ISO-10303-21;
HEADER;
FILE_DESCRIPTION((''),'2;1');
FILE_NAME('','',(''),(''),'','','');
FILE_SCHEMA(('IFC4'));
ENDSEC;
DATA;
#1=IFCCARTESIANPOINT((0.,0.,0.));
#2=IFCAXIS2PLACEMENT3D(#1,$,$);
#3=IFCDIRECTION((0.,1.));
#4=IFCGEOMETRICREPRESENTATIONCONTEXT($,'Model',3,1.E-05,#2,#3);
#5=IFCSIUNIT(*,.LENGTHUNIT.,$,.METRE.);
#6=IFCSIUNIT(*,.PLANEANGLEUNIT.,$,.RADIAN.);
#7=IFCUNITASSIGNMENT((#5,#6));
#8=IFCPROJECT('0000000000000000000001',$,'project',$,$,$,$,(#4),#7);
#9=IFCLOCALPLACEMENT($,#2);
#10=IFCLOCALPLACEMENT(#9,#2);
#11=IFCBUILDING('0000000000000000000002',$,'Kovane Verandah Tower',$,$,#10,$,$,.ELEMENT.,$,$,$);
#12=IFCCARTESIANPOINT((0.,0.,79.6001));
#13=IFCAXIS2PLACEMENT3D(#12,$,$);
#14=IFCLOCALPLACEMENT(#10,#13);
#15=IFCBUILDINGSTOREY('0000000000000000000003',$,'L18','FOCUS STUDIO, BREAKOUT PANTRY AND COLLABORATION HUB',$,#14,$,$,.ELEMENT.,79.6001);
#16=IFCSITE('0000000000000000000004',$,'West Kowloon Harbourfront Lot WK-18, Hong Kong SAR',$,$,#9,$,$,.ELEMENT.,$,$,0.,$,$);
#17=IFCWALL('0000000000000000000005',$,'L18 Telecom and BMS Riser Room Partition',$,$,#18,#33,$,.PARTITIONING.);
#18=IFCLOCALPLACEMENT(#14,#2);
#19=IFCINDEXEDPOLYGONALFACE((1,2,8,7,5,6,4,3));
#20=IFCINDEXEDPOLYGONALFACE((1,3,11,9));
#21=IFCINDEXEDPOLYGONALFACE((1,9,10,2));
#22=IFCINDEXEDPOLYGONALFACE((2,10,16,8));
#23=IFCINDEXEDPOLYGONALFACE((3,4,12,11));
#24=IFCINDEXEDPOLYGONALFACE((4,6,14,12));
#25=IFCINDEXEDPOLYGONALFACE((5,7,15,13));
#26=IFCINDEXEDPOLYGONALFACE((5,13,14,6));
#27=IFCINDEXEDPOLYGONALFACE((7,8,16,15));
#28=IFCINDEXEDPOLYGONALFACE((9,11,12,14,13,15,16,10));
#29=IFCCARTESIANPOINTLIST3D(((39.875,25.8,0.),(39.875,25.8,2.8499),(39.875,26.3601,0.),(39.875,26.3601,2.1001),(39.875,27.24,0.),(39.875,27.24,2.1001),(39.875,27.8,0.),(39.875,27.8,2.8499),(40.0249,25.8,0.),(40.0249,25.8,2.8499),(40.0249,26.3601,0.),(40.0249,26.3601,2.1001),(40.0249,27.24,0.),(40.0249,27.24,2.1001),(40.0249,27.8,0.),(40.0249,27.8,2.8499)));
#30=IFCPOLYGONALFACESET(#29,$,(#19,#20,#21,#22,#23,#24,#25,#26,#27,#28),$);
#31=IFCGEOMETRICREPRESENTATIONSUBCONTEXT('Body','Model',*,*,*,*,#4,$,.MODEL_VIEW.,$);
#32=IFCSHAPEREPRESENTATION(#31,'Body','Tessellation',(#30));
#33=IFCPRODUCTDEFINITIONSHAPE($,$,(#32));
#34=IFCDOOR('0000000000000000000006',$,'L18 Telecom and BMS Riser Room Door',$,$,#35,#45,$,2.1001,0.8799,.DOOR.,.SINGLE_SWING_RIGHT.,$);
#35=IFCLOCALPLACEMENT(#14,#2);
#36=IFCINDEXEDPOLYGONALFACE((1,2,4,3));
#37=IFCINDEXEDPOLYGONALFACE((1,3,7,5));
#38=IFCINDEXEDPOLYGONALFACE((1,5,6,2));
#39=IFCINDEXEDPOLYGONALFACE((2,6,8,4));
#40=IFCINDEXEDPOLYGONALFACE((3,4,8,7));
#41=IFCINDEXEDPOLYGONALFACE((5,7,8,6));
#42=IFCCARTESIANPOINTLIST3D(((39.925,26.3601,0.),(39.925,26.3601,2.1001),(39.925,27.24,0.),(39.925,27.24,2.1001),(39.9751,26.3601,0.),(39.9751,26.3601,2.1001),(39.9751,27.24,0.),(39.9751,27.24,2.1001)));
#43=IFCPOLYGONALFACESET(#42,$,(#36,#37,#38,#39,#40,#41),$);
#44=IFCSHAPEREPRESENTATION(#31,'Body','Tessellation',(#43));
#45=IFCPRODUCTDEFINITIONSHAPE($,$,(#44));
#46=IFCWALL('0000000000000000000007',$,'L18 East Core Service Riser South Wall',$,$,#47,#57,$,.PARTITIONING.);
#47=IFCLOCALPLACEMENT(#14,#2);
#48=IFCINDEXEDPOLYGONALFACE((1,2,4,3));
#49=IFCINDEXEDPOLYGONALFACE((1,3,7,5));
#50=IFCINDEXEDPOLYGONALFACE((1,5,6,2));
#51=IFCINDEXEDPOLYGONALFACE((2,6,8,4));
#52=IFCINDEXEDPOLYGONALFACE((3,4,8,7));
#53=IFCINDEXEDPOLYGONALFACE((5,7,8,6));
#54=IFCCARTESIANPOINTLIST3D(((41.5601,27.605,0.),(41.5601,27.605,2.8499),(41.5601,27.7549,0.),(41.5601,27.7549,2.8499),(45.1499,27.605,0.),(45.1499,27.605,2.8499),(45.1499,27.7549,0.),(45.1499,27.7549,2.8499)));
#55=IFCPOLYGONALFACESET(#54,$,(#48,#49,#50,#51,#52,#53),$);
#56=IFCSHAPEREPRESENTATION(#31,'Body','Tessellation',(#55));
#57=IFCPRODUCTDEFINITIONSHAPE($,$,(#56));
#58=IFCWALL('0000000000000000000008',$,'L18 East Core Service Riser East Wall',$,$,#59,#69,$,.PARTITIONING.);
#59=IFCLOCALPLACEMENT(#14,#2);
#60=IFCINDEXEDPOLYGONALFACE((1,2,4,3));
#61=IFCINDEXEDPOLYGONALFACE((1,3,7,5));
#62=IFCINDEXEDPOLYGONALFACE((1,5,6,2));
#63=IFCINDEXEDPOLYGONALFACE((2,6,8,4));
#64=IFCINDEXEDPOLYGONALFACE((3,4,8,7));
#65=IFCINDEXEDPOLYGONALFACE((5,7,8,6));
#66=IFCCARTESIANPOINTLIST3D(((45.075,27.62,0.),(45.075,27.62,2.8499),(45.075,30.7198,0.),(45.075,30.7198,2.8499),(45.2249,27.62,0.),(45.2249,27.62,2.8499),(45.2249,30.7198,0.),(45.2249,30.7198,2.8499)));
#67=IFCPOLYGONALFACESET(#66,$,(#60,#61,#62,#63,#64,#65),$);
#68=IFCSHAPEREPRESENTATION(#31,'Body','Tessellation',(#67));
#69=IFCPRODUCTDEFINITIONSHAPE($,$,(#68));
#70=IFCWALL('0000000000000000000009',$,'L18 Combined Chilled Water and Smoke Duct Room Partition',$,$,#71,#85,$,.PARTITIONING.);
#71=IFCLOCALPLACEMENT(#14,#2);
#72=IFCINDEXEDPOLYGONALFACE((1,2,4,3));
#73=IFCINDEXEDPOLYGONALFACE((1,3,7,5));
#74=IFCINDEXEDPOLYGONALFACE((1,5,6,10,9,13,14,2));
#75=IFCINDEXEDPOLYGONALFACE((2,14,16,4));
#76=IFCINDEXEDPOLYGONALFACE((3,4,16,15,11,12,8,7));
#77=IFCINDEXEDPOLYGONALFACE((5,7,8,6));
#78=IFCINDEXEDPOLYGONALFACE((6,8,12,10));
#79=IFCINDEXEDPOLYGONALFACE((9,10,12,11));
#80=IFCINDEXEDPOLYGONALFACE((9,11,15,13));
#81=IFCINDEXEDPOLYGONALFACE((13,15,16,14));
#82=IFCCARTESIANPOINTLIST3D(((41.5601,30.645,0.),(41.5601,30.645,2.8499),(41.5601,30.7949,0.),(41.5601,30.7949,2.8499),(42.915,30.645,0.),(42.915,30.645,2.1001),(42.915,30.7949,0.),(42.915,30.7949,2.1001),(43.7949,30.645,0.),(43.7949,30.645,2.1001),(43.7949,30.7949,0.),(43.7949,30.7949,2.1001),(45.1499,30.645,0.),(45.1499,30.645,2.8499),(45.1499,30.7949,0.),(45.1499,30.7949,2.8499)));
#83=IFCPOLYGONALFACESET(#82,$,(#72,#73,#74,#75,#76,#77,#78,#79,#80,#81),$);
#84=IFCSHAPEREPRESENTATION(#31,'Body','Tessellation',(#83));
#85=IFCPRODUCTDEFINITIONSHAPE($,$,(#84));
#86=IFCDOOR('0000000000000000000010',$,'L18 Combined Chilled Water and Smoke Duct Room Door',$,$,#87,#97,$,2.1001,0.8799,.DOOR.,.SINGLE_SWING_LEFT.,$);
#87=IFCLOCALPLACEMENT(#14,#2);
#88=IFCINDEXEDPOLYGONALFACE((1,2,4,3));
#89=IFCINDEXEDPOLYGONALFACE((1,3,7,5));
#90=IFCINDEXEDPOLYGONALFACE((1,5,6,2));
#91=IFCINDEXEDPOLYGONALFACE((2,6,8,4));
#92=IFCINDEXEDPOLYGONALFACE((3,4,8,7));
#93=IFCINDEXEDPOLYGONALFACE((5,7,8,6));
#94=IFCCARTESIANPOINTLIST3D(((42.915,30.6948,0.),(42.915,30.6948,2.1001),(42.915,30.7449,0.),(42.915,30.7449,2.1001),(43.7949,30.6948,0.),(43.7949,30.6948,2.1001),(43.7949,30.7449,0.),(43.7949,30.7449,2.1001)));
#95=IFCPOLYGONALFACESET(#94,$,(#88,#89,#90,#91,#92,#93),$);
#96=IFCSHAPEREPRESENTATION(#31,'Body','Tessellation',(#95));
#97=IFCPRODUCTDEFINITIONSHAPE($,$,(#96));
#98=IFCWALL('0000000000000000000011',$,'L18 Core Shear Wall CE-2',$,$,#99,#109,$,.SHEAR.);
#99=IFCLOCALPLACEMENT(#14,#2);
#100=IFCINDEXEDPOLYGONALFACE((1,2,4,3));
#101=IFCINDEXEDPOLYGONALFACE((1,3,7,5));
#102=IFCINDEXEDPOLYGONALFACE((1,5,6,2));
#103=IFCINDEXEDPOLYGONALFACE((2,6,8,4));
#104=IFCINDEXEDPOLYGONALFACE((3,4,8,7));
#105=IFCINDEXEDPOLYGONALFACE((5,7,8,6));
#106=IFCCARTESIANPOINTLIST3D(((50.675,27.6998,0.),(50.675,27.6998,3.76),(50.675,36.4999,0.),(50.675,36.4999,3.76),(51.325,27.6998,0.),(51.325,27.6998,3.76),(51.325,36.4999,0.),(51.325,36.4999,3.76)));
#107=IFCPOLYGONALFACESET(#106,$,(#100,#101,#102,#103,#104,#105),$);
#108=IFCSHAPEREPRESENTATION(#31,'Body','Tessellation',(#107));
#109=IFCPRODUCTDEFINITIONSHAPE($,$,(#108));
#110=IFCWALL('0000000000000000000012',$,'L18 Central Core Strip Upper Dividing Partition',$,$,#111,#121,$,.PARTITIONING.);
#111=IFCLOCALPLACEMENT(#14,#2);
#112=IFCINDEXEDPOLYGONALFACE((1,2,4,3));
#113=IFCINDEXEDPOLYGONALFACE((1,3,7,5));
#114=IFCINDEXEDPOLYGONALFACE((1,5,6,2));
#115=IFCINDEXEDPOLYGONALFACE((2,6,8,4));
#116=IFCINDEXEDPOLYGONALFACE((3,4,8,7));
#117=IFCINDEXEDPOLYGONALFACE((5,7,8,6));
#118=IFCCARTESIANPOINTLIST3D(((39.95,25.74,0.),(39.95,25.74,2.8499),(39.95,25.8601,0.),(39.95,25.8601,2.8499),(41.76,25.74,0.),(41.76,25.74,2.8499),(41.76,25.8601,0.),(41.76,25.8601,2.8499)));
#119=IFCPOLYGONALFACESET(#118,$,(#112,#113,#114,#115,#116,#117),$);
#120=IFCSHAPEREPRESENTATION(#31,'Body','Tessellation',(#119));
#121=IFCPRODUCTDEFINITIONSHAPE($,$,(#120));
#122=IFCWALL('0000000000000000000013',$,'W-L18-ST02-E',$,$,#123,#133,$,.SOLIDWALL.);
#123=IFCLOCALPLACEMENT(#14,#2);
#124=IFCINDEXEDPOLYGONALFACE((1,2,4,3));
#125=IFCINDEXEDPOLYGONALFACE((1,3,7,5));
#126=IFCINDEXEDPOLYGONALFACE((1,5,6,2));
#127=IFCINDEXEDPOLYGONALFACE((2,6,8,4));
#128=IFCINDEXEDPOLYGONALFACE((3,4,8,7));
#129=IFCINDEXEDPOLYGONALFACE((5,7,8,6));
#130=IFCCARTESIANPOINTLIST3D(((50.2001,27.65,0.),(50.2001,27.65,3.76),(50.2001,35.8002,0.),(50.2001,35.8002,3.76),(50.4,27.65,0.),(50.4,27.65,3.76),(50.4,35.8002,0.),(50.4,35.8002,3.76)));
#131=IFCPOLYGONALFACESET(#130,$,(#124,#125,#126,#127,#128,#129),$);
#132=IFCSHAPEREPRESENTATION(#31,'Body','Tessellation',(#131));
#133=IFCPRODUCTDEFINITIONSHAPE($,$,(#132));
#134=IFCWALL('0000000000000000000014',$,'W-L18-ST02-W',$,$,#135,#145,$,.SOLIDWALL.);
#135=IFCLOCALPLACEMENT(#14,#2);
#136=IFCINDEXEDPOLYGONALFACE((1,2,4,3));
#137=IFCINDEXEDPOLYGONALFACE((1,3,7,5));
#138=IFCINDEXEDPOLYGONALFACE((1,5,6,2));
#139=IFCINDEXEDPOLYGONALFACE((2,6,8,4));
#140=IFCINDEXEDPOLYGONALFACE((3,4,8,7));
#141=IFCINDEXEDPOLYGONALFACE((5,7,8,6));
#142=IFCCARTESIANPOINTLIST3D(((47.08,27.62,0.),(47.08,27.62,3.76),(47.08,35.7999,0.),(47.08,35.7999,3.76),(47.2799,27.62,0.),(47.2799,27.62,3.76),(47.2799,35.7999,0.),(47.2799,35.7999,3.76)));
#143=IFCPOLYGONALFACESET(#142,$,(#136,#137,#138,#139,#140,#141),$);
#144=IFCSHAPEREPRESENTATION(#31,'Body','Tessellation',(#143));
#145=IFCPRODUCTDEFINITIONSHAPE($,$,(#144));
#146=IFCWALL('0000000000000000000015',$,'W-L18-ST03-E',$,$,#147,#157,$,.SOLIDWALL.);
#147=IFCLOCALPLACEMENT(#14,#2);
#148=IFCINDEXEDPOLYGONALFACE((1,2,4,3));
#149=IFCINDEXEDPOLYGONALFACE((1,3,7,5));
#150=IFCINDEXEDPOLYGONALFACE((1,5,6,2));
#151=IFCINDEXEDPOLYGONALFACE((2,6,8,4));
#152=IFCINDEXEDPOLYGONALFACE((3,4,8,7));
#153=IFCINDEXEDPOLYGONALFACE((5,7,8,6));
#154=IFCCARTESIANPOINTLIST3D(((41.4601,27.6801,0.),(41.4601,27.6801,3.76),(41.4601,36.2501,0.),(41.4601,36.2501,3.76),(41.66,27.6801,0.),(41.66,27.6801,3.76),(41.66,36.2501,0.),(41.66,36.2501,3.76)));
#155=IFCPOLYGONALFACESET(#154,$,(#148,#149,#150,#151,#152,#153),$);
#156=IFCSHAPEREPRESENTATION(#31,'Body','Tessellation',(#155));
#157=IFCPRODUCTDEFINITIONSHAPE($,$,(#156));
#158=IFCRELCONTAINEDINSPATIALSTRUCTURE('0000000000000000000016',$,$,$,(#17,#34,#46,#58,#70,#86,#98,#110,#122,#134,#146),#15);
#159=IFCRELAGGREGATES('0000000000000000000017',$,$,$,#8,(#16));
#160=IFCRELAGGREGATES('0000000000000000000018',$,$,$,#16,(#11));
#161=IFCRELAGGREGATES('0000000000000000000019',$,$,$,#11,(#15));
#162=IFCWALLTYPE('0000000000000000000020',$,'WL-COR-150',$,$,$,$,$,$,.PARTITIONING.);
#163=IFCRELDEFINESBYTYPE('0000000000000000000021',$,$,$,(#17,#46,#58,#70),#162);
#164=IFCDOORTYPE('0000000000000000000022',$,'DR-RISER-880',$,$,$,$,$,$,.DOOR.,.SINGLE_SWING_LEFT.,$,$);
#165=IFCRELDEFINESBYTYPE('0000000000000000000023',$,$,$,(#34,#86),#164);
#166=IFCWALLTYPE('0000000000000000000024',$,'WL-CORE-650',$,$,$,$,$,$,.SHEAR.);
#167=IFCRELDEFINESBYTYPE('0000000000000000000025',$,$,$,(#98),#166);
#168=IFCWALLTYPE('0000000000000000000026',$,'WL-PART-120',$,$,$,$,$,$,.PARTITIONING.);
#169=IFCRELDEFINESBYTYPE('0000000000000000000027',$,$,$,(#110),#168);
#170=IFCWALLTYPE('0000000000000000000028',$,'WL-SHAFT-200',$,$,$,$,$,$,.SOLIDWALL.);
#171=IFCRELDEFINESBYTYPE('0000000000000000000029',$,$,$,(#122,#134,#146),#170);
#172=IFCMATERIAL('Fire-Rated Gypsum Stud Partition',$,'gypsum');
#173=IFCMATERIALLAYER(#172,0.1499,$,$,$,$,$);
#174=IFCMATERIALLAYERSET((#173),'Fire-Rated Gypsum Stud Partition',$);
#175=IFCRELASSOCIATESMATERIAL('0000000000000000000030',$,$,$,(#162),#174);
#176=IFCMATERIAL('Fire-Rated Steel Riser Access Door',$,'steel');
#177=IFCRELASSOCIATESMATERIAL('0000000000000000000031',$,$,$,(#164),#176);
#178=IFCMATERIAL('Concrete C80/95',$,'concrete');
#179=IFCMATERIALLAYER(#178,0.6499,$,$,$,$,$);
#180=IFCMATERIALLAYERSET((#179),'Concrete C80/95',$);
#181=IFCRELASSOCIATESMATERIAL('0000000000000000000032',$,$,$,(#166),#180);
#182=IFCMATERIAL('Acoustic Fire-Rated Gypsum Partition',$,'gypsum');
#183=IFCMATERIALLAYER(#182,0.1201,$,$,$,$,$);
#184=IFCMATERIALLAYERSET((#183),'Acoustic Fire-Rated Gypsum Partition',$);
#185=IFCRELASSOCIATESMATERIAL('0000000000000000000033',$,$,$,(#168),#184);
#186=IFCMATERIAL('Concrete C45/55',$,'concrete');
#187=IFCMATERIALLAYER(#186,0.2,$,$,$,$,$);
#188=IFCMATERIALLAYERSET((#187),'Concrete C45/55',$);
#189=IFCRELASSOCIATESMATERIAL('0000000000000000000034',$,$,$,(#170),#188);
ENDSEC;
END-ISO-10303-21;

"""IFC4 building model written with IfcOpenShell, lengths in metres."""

from ifc_helpers import new_model, si_unit, direction, frame, frame_2d, origin, place, context, subcontext, project, spatial, rectangle, extrude, material, layer, layer_set, type_object, element, fill, save


model = new_model("IFC4")

# Units and contexts
model_context = context("Model", 3, precision=1e-05, world=origin(), true_north=direction((0.0, 1.0)))
body_context = subcontext(model_context, "Body", "Model", "MODEL_VIEW")
ifc_project = project(units=[si_unit("LENGTHUNIT", "METRE"), si_unit("PLANEANGLEUNIT", "RADIAN")], contexts=[model_context])

# Site, building, storey
site_placement = place(None, origin())
site = spatial("IfcSite", under=ifc_project, at=site_placement, Name="West Kowloon Harbourfront Lot WK-18, Hong Kong SAR", CompositionType="ELEMENT", RefElevation=0.0)
building_placement = place(site_placement, origin())
building = spatial("IfcBuilding", under=site, at=building_placement, Name="Kovane Verandah Tower", CompositionType="ELEMENT")
storey_placement = place(building_placement, frame((0.0, 0.0, 79.6001)))
storey = spatial("IfcBuildingStorey", under=building, at=storey_placement, Name="L18", Description="FOCUS STUDIO, BREAKOUT PANTRY AND COLLABORATION HUB", CompositionType="ELEMENT", Elevation=79.6001)

# Wall, opening, door
ifc_material_1 = material(Name="Fire-Rated Gypsum Stud Partition", Category="gypsum")
ifc_layer_1 = layer(ifc_material_1, 0.1499)
ifc_layer_set_1 = layer_set([ifc_layer_1], Name="Fire-Rated Gypsum Stud Partition")
wall_type_1 = type_object("IfcWallType", Name="WL-COR-150", PredefinedType="PARTITIONING", material=ifc_layer_set_1)
wall_1_placement = place(storey_placement, frame((39.95, 25.8, 0.0), z_axis=(0.0, 0.0, 1.0), x_axis=(0.0, 1.0, 0.0)))
wall_1 = element("IfcWall", 1, at=wall_1_placement, inside=storey, type_object=wall_type_1, Name="L18 Telecom and BMS Riser Room Partition", PredefinedType="PARTITIONING", context=body_context, shape_type="SweptSolid", body=[
    extrude(rectangle(XDim=2.0, YDim=0.1499, at=frame_2d((1.0, 0.0))), origin(), (0.0, 0.0, 1.0), 2.8499),
])
opening_1_placement = place(wall_1_placement, frame((0.5601, 0.0, 0.0)))
opening_1 = element("IfcOpeningElement", 2, at=opening_1_placement, cuts=wall_1, PredefinedType="OPENING", context=body_context, shape_type="SweptSolid", body=[
    extrude(rectangle(XDim=0.8799, YDim=2.1001, at=frame_2d((0.4399, 1.05))), frame((0.0, 0.075, 0.0), z_axis=(0.0, -1.0, 0.0), x_axis=(1.0, 0.0, 0.0)), (0.0, 0.0, 1.0), 0.1499),
])
ifc_material_2 = material(Name="Fire-Rated Steel Riser Access Door", Category="steel")
door_type_1 = type_object("IfcDoorType", Name="DR-RISER-880", OperationType="SINGLE_SWING_LEFT", PredefinedType="DOOR", material=ifc_material_2)
door_1_placement = place(opening_1_placement, origin())
door_1 = element("IfcDoor", 3, at=door_1_placement, inside=storey, type_object=door_type_1, Name="L18 Telecom and BMS Riser Room Door", OperationType="SINGLE_SWING_RIGHT", OverallHeight=2.1001, OverallWidth=0.8799, PredefinedType="DOOR", context=body_context, shape_type="SweptSolid", body=[
    extrude(rectangle(XDim=0.8799, YDim=2.1001, at=frame_2d((0.4399, 1.05))), frame((0.0, 0.0249, 0.0), z_axis=(0.0, -1.0, 0.0), x_axis=(1.0, 0.0, 0.0)), (0.0, 0.0, 1.0), 0.05),
])
fill(opening_1, door_1)

# Walls
wall_2_placement = place(storey_placement, frame((41.5601, 27.6799, 0.0), z_axis=(0.0, 0.0, 1.0), x_axis=(1.0, 0.0, 0.0)))
element("IfcWall", 4, at=wall_2_placement, inside=storey, type_object=wall_type_1, Name="L18 East Core Service Riser South Wall", PredefinedType="PARTITIONING", context=body_context, shape_type="SweptSolid", body=[
    extrude(rectangle(XDim=3.5898, YDim=0.1499, at=frame_2d((1.7949, 0.0))), origin(), (0.0, 0.0, 1.0), 2.8499),
])
wall_3_placement = place(storey_placement, frame((45.1499, 27.6201, 0.0), z_axis=(0.0, 0.0, 1.0), x_axis=(0.0, 1.0, 0.0)))
element("IfcWall", 5, at=wall_3_placement, inside=storey, type_object=wall_type_1, Name="L18 East Core Service Riser East Wall", PredefinedType="PARTITIONING", context=body_context, shape_type="SweptSolid", body=[
    extrude(rectangle(XDim=3.0999, YDim=0.1499, at=frame_2d((1.5498, 0.0))), origin(), (0.0, 0.0, 1.0), 2.8499),
])

# Wall, opening, door
wall_4_placement = place(storey_placement, frame((41.5601, 30.72, 0.0), z_axis=(0.0, 0.0, 1.0), x_axis=(1.0, 0.0, 0.0)))
wall_4 = element("IfcWall", 6, at=wall_4_placement, inside=storey, type_object=wall_type_1, Name="L18 Combined Chilled Water and Smoke Duct Room Partition", PredefinedType="PARTITIONING", context=body_context, shape_type="SweptSolid", body=[
    extrude(rectangle(XDim=3.5898, YDim=0.1499, at=frame_2d((1.7949, 0.0))), origin(), (0.0, 0.0, 1.0), 2.8499),
])
opening_2_placement = place(wall_4_placement, frame((1.355, 0.0, 0.0)))
opening_2 = element("IfcOpeningElement", 7, at=opening_2_placement, cuts=wall_4, PredefinedType="OPENING", context=body_context, shape_type="SweptSolid", body=[
    extrude(rectangle(XDim=0.8799, YDim=2.1001, at=frame_2d((0.4399, 1.05))), frame((0.0, 0.075, 0.0), z_axis=(0.0, -1.0, 0.0), x_axis=(1.0, 0.0, 0.0)), (0.0, 0.0, 1.0), 0.1499),
])
door_2_placement = place(opening_2_placement, origin())
door_2 = element("IfcDoor", 8, at=door_2_placement, inside=storey, type_object=door_type_1, Name="L18 Combined Chilled Water and Smoke Duct Room Door", OperationType="SINGLE_SWING_LEFT", OverallHeight=2.1001, OverallWidth=0.8799, PredefinedType="DOOR", context=body_context, shape_type="SweptSolid", body=[
    extrude(rectangle(XDim=0.8799, YDim=2.1001, at=frame_2d((0.4399, 1.05))), frame((0.0, 0.0249, 0.0), z_axis=(0.0, -1.0, 0.0), x_axis=(1.0, 0.0, 0.0)), (0.0, 0.0, 1.0), 0.05),
])
fill(opening_2, door_2)

# Wall
ifc_material_3 = material(Name="Concrete C80/95", Category="concrete")
ifc_layer_2 = layer(ifc_material_3, 0.6499)
ifc_layer_set_2 = layer_set([ifc_layer_2], Name="Concrete C80/95")
wall_type_2 = type_object("IfcWallType", Name="WL-CORE-650", PredefinedType="SHEAR", material=ifc_layer_set_2)
wall_5_placement = place(storey_placement, frame((51.0, 27.7, 0.0), z_axis=(0.0, 0.0, 1.0), x_axis=(0.0, 1.0, 0.0)))
element("IfcWall", 9, at=wall_5_placement, inside=storey, type_object=wall_type_2, Name="L18 Core Shear Wall CE-2", PredefinedType="SHEAR", context=body_context, shape_type="SweptSolid", body=[
    extrude(rectangle(XDim=8.8, YDim=0.6499, at=frame_2d((4.3999, 0.0))), origin(), (0.0, 0.0, 1.0), 3.76),
])

# Walls
ifc_material_4 = material(Name="Acoustic Fire-Rated Gypsum Partition", Category="gypsum")
ifc_layer_3 = layer(ifc_material_4, 0.1201)
ifc_layer_set_3 = layer_set([ifc_layer_3], Name="Acoustic Fire-Rated Gypsum Partition")
wall_type_3 = type_object("IfcWallType", Name="WL-PART-120", PredefinedType="PARTITIONING", material=ifc_layer_set_3)
wall_6_placement = place(storey_placement, frame((39.95, 25.8, 0.0), z_axis=(0.0, 0.0, 1.0), x_axis=(1.0, 0.0, 0.0)))
element("IfcWall", 10, at=wall_6_placement, inside=storey, type_object=wall_type_3, Name="L18 Central Core Strip Upper Dividing Partition", PredefinedType="PARTITIONING", context=body_context, shape_type="SweptSolid", body=[
    extrude(rectangle(XDim=1.8101, YDim=0.1201, at=frame_2d((0.905, 0.0))), origin(), (0.0, 0.0, 1.0), 2.8499),
])
ifc_material_5 = material(Name="Concrete C45/55", Category="concrete")
ifc_layer_4 = layer(ifc_material_5, 0.2)
ifc_layer_set_4 = layer_set([ifc_layer_4], Name="Concrete C45/55")
wall_type_4 = type_object("IfcWallType", Name="WL-SHAFT-200", PredefinedType="SOLIDWALL", material=ifc_layer_set_4)
wall_7_placement = place(storey_placement, frame((50.3, 27.6499, 0.0), z_axis=(0.0, 0.0, 1.0), x_axis=(0.0, 1.0, 0.0)))
element("IfcWall", 11, at=wall_7_placement, inside=storey, type_object=wall_type_4, Name="W-L18-ST02-E", PredefinedType="SOLIDWALL", context=body_context, shape_type="SweptSolid", body=[
    extrude(rectangle(XDim=8.1501, YDim=0.2, at=frame_2d((4.0752, 0.0))), origin(), (0.0, 0.0, 1.0), 3.76),
])
wall_8_placement = place(storey_placement, frame((47.1799, 27.6201, 0.0), z_axis=(0.0, 0.0, 1.0), x_axis=(0.0, 1.0, 0.0)))
element("IfcWall", 12, at=wall_8_placement, inside=storey, type_object=wall_type_4, Name="W-L18-ST02-W", PredefinedType="SOLIDWALL", context=body_context, shape_type="SweptSolid", body=[
    extrude(rectangle(XDim=8.1799, YDim=0.2, at=frame_2d((4.0898, 0.0))), origin(), (0.0, 0.0, 1.0), 3.76),
])

# Wall
wall_9_placement = place(storey_placement, frame((41.5601, 27.6799, 0.0), z_axis=(0.0, 0.0, 1.0), x_axis=(0.0, 1.0, 0.0)))
element("IfcWall", 13, at=wall_9_placement, inside=storey, type_object=wall_type_4, Name="W-L18-ST03-E", PredefinedType="SOLIDWALL", context=body_context, shape_type="SweptSolid", body=[
    extrude(rectangle(XDim=8.5701, YDim=0.2, at=frame_2d((4.2852, 0.0))), origin(), (0.0, 0.0, 1.0), 3.76),
])

save(model, "model.ifc")
